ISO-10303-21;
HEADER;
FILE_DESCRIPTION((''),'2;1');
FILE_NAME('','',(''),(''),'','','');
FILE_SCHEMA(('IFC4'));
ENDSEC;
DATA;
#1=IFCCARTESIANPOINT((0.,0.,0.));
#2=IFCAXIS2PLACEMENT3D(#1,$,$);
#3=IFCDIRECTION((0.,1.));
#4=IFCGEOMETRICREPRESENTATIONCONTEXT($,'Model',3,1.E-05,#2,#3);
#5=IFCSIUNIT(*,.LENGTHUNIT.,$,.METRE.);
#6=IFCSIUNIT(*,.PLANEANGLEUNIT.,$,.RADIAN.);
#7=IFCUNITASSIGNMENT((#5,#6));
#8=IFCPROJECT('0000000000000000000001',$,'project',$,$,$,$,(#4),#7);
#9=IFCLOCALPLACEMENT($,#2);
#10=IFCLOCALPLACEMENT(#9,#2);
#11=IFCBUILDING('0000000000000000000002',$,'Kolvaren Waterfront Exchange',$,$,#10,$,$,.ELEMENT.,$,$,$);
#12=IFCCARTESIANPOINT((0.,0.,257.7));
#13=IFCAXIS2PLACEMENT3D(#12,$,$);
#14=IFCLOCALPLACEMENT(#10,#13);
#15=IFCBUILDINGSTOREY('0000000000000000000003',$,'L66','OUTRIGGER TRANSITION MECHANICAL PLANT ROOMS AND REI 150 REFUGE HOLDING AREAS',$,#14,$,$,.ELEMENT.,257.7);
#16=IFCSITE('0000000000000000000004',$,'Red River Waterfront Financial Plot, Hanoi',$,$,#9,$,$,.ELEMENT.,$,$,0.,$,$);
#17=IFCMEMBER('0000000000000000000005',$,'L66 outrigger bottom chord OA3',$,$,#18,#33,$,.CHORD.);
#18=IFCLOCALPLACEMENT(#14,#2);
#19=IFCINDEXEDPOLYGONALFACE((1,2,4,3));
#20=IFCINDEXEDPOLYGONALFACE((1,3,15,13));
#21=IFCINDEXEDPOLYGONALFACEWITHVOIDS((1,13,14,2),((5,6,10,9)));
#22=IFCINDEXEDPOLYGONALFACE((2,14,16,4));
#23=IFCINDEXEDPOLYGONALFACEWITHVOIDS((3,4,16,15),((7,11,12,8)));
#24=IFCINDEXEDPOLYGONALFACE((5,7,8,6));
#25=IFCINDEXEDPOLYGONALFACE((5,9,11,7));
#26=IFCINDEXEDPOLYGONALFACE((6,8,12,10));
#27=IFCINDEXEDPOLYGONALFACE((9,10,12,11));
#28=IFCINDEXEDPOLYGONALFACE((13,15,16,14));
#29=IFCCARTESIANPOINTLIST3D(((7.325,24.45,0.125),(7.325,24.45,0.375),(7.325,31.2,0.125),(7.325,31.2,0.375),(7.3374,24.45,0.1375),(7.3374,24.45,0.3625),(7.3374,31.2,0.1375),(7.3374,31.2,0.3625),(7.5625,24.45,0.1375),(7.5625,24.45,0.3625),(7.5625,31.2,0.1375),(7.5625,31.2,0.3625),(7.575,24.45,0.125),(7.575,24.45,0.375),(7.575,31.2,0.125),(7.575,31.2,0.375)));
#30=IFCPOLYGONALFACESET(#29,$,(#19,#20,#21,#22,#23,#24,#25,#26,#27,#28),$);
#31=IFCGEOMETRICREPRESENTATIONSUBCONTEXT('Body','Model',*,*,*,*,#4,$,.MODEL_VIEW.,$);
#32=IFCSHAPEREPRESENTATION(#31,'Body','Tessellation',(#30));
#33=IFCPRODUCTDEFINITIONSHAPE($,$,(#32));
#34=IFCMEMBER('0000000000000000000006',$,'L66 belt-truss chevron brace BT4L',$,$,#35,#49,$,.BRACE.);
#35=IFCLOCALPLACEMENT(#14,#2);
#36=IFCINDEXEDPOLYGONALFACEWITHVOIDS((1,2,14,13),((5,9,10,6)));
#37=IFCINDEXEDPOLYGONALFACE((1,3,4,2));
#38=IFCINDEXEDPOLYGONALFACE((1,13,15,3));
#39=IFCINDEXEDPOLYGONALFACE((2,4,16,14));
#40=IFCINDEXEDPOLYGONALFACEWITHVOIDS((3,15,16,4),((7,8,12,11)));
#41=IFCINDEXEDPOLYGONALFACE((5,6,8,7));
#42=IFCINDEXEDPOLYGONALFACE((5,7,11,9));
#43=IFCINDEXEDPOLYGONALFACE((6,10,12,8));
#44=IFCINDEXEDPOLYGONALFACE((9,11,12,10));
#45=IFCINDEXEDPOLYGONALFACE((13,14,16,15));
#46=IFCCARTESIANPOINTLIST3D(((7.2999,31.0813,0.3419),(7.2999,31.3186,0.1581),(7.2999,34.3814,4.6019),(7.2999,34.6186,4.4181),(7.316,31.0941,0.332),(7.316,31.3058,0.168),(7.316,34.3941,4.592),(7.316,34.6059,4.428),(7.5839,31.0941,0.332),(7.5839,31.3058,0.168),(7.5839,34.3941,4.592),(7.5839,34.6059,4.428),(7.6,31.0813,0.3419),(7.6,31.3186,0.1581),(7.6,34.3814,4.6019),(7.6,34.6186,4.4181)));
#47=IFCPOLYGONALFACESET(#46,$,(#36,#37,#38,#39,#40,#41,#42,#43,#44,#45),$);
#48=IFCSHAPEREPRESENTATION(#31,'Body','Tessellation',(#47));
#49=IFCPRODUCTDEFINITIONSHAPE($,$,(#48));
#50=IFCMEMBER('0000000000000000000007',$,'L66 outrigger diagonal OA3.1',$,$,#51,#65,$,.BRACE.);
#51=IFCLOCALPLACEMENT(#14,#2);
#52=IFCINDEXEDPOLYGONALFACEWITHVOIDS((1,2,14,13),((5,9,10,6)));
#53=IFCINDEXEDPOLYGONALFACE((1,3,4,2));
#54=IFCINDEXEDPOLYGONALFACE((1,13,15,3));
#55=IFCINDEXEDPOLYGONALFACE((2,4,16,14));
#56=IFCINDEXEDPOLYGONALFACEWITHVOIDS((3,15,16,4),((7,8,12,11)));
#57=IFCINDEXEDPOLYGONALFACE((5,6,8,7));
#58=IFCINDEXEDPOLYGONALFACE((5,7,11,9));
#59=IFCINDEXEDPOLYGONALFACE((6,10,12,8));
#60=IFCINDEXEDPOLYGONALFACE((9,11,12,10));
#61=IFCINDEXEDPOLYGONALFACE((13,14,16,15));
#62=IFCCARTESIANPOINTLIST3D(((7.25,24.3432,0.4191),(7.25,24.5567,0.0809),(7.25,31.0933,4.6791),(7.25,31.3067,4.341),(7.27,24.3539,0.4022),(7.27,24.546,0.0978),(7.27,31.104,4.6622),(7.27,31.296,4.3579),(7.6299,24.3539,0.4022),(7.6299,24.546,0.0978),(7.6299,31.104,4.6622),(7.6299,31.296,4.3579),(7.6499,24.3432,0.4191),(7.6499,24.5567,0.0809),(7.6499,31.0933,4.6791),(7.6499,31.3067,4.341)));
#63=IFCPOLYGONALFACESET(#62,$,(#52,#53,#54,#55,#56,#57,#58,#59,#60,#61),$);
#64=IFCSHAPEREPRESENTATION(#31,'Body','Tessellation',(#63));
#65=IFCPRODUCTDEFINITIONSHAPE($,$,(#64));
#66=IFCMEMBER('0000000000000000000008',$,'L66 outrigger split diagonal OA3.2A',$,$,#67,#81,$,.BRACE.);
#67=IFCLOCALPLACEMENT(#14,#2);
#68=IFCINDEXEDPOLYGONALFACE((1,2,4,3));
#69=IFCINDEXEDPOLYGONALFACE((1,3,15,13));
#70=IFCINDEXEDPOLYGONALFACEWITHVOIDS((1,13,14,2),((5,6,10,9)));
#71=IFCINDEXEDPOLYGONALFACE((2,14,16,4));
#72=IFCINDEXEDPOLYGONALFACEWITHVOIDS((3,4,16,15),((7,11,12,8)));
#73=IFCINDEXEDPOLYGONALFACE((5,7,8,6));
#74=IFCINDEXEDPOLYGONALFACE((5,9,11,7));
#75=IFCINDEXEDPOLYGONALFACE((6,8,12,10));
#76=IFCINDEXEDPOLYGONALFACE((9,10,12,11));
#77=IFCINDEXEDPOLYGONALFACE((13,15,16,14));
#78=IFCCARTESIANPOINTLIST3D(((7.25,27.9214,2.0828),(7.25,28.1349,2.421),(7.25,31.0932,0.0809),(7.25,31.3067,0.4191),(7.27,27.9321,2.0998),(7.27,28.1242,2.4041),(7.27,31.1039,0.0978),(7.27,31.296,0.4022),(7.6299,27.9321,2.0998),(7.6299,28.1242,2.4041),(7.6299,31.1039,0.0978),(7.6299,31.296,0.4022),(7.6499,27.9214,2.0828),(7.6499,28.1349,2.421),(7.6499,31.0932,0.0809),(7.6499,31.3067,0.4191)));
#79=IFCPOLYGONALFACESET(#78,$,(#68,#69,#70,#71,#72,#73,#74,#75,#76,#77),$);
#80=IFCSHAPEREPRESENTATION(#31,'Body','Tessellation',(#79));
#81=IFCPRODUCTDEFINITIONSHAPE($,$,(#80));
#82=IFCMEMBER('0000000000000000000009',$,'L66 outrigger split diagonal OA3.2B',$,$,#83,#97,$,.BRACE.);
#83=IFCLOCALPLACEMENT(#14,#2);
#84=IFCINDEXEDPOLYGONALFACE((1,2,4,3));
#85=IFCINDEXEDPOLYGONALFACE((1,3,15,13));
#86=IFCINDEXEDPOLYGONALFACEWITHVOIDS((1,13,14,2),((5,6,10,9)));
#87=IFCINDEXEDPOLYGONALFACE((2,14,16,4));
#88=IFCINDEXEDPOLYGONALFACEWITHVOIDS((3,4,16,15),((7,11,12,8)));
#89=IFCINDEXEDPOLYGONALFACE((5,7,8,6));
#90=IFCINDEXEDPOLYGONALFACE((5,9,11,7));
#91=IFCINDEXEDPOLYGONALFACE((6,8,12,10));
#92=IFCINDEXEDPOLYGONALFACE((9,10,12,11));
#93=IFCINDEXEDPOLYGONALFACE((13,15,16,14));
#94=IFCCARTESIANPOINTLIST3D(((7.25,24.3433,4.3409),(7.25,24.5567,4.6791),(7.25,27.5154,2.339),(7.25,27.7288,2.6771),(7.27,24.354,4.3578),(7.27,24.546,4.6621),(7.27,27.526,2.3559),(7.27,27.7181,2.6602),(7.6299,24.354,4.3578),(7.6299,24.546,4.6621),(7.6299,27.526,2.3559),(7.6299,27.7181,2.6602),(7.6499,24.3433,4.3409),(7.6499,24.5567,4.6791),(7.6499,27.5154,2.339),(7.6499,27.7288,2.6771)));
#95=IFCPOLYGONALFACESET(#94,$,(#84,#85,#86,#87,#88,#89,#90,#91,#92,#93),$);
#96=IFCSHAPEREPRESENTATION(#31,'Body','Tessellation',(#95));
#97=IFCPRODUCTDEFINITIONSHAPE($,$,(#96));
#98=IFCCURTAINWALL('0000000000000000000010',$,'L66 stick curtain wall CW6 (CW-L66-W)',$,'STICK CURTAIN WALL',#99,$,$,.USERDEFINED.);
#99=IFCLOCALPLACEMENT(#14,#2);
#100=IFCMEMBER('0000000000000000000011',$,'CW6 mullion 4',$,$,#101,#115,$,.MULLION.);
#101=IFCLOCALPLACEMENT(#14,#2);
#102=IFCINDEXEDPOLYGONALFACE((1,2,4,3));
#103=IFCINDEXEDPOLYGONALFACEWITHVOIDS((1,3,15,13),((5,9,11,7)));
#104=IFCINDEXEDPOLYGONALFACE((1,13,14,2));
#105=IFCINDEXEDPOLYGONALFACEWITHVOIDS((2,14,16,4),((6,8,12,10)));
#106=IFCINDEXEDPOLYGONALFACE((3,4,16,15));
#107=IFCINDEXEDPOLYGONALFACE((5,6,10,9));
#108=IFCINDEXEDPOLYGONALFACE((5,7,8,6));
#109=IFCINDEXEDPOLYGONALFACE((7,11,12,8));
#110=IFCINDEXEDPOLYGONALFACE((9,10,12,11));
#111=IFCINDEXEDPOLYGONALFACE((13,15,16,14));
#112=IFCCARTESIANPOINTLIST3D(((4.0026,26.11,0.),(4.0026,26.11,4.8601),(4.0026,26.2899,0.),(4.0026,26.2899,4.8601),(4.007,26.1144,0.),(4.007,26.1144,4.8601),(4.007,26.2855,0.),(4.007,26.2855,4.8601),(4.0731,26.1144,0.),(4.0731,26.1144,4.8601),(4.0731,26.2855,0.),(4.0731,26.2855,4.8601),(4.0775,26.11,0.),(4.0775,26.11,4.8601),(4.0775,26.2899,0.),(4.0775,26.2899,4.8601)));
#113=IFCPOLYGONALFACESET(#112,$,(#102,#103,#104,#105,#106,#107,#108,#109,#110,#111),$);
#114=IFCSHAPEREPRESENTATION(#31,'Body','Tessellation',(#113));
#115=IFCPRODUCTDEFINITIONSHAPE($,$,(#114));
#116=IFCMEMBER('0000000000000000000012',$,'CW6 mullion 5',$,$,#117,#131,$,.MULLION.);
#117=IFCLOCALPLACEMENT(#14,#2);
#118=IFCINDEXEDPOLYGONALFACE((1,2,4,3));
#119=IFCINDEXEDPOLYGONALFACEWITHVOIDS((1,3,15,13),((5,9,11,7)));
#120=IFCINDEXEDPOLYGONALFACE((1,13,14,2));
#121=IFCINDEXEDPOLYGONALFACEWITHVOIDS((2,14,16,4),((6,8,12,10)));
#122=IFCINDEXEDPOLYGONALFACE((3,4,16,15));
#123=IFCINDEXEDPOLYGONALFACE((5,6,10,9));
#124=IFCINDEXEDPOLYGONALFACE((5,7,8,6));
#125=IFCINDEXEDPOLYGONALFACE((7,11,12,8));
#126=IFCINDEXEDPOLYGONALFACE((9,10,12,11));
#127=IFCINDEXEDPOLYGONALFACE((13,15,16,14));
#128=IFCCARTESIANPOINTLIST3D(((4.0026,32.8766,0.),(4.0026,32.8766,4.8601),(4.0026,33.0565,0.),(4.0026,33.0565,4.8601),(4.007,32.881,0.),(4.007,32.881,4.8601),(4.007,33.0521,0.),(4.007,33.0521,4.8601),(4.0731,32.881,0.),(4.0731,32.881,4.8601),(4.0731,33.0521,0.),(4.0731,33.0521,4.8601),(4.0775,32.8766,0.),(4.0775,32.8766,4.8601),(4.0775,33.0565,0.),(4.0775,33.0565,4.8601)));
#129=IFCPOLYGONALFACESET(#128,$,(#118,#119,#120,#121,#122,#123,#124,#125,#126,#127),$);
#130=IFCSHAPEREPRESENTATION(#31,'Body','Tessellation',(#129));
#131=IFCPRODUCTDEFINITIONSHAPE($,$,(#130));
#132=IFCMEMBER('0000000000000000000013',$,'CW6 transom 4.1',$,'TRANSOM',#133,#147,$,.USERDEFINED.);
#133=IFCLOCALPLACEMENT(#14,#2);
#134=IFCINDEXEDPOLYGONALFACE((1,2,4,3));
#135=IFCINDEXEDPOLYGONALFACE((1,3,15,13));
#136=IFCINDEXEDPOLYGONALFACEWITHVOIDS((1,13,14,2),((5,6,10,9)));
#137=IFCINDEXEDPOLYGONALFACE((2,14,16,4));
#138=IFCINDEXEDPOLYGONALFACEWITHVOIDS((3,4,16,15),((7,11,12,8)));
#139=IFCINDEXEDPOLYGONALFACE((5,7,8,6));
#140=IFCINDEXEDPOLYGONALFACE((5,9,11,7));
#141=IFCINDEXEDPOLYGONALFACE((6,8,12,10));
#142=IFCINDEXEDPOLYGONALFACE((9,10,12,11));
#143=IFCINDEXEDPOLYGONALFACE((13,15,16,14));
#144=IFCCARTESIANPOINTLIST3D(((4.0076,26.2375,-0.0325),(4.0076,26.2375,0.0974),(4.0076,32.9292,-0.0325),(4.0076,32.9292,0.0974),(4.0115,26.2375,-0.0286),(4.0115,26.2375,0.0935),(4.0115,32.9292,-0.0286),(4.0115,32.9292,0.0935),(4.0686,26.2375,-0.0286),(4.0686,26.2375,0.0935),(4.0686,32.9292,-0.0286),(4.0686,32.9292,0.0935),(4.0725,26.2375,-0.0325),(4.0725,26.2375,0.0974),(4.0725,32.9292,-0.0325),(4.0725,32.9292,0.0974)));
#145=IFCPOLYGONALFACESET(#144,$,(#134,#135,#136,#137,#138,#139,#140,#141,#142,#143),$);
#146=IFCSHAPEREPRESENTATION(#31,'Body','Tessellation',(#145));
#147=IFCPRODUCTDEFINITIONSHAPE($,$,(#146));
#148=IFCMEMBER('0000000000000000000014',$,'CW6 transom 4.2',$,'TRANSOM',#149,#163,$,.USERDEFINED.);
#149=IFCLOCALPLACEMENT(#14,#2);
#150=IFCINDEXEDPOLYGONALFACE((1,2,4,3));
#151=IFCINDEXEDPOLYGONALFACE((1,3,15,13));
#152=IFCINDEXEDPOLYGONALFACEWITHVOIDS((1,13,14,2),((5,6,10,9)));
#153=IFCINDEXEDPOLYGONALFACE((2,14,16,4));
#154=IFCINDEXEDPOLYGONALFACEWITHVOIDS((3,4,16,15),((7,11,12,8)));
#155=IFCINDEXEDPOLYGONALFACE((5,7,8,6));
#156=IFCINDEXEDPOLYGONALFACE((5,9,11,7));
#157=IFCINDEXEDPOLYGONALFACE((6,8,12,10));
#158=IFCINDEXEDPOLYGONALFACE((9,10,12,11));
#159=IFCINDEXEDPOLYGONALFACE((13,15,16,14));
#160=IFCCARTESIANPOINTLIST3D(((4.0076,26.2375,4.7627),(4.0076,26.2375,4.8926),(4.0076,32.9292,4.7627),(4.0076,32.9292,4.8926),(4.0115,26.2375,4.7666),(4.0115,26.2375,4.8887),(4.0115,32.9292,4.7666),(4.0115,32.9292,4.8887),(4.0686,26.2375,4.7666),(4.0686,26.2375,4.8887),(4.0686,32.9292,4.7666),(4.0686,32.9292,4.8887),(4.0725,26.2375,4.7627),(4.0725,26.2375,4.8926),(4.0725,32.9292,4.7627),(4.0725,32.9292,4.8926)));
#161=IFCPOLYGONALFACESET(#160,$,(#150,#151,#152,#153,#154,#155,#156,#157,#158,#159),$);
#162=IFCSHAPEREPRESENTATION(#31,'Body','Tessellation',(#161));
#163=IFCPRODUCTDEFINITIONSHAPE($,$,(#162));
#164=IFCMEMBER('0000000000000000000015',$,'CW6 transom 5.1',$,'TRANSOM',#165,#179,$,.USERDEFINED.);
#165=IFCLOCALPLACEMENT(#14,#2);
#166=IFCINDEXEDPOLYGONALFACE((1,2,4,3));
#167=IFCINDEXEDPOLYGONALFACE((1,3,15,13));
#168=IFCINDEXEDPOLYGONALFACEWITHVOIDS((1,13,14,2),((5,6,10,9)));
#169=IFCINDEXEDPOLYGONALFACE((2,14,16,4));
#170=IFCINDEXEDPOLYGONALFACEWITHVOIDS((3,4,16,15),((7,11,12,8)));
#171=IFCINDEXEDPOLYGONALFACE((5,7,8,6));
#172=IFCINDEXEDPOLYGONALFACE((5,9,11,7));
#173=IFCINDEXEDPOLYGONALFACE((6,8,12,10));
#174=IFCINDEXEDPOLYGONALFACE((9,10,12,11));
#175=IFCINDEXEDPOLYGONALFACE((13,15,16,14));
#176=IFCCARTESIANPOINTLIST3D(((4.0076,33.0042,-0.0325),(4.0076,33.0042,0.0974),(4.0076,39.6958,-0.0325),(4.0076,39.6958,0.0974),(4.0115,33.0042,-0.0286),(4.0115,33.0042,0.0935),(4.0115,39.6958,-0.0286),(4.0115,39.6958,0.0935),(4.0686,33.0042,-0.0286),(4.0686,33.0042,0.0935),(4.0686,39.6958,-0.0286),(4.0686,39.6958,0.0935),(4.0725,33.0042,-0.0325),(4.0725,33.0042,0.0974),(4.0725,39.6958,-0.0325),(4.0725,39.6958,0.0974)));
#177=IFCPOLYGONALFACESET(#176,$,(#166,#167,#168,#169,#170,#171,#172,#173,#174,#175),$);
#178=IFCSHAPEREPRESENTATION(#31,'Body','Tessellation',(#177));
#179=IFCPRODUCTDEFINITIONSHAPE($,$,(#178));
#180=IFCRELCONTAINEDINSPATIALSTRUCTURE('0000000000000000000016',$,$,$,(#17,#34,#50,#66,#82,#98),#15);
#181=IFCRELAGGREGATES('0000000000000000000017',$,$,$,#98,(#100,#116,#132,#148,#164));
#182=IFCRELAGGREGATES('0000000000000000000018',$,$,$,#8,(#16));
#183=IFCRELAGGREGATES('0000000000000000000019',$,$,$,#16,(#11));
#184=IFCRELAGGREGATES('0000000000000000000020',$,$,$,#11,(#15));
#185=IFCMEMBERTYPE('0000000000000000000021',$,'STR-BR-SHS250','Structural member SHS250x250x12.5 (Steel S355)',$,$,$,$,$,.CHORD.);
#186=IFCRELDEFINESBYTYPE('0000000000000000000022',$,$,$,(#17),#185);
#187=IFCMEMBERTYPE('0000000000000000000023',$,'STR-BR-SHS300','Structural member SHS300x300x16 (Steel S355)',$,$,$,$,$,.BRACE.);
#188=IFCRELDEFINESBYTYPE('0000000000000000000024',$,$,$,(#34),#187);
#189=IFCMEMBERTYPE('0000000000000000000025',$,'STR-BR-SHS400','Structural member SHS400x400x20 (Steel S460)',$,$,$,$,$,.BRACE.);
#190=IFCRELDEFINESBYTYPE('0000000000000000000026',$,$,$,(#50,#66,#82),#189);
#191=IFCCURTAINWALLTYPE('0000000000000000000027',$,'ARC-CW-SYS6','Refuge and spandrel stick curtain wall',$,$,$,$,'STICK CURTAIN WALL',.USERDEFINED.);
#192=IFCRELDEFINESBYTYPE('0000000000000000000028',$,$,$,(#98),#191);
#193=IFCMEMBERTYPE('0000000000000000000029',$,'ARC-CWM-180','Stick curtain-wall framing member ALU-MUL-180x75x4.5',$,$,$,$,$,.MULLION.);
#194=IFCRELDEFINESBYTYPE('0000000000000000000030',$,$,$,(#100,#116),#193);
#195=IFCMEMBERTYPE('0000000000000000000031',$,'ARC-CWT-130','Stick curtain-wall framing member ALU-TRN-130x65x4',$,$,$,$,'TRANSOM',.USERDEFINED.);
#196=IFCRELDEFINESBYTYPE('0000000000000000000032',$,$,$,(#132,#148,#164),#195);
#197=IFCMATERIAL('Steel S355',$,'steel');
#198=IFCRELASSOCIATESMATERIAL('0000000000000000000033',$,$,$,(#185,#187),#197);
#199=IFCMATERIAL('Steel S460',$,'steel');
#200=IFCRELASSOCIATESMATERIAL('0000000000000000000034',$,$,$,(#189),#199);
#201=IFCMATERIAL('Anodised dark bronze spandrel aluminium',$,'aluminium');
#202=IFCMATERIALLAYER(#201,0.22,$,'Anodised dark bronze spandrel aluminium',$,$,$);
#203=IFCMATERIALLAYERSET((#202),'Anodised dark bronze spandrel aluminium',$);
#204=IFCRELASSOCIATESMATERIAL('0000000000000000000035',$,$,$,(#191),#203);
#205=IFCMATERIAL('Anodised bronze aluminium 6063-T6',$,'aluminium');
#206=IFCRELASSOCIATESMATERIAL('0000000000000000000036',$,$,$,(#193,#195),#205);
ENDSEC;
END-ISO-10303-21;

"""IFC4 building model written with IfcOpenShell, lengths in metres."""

from ifc_helpers import new_model, si_unit, direction, frame, origin, origin_with_axes, origin_2d, place, context, subcontext, project, spatial, hollow_rectangle, extrude, source, transform, mapped, material, layer, layer_set, material_profile, profile_set, type_object, element, aggregate, save


model = new_model("IFC4")

# Units and contexts
model_context = context("Model", 3, precision=1e-05, world=origin(), true_north=direction((0.0, 1.0)))
body_context = subcontext(model_context, "Body", "Model", "MODEL_VIEW")
ifc_project = project(units=[si_unit("LENGTHUNIT", "METRE"), si_unit("PLANEANGLEUNIT", "RADIAN")], contexts=[model_context])

# Site, building, storey
site_placement = place(None, origin())
site = spatial("IfcSite", under=ifc_project, at=site_placement, Name="Red River Waterfront Financial Plot, Hanoi", CompositionType="ELEMENT", RefElevation=0.0)
building_placement = place(site_placement, origin())
building = spatial("IfcBuilding", under=site, at=building_placement, Name="Kolvaren Waterfront Exchange", CompositionType="ELEMENT")
storey_placement = place(building_placement, frame((0.0, 0.0, 257.7)))
storey = spatial("IfcBuildingStorey", under=building, at=storey_placement, Name="L66", Description="OUTRIGGER TRANSITION MECHANICAL PLANT ROOMS AND REI 150 REFUGE HOLDING AREAS", CompositionType="ELEMENT", Elevation=257.7)

# Shared definitions
ifc_material_1 = material(Name="Steel S355", Category="steel")

# Members
ifc_material_2 = material(Name="Steel S460", Category="steel")
ifc_material_profile_1 = material_profile(ifc_material_1, hollow_rectangle(XDim=0.25, YDim=0.25, WallThickness=0.0125, at=origin_2d()), Name="SHS250x250x12.5")
ifc_profile_set_1 = profile_set([ifc_material_profile_1], Name="Steel S355")
member_type_1 = type_object("IfcMemberType", Name="STR-BR-SHS250", Description="Structural member SHS250x250x12.5 (Steel S355)", PredefinedType="CHORD", material=ifc_profile_set_1)
member_1_placement = place(storey_placement, frame((7.45, 24.45, 0.25), z_axis=(0.0, 1.0, 0.0), x_axis=(-1.0, 0.0, 0.0)))
element("IfcMember", 1, at=member_1_placement, inside=storey, type_object=member_type_1, Name="L66 outrigger bottom chord OA3", PredefinedType="CHORD", context=body_context, shape_type="SweptSolid", body=[
    extrude(hollow_rectangle(XDim=0.25, YDim=0.25, WallThickness=0.0125, at=origin_2d()), origin(), (0.0, 0.0, 1.0), 6.75),
])
ifc_material_profile_2 = material_profile(ifc_material_1, hollow_rectangle(XDim=0.3, YDim=0.3, WallThickness=0.0161, at=origin_2d()), Name="SHS300x300x16")
ifc_profile_set_2 = profile_set([ifc_material_profile_2], Name="Steel S355")
member_type_2 = type_object("IfcMemberType", Name="STR-BR-SHS300", Description="Structural member SHS300x300x16 (Steel S355)", PredefinedType="BRACE", material=ifc_profile_set_2)
member_2_placement = place(storey_placement, frame((7.45, 31.2, 0.25), z_axis=(0.0, 0.612403, 0.790546), x_axis=(-1.0, 0.0, 0.0)))
element("IfcMember", 2, at=member_2_placement, inside=storey, type_object=member_type_2, Name="L66 belt-truss chevron brace BT4L", PredefinedType="BRACE", context=body_context, shape_type="SweptSolid", body=[
    extrude(hollow_rectangle(XDim=0.3, YDim=0.3, WallThickness=0.0161, at=origin_2d()), origin(), (0.0, 0.0, 1.0), 5.3887),
])
ifc_material_profile_3 = material_profile(ifc_material_2, hollow_rectangle(XDim=0.3999, YDim=0.3999, WallThickness=0.02, at=origin_2d()), Name="SHS400x400x20")
ifc_profile_set_3 = profile_set([ifc_material_profile_3], Name="Steel S460")
member_type_3 = type_object("IfcMemberType", Name="STR-BR-SHS400", Description="Structural member SHS400x400x20 (Steel S460)", PredefinedType="BRACE", material=ifc_profile_set_3)
member_3_placement = place(storey_placement, frame((7.45, 24.45, 0.25), z_axis=(0.0, 0.845667, 0.533711), x_axis=(-1.0, 0.0, 0.0)))
element("IfcMember", 3, at=member_3_placement, inside=storey, type_object=member_type_3, Name="L66 outrigger diagonal OA3.1", PredefinedType="BRACE", context=body_context, shape_type="SweptSolid", body=[
    extrude(hollow_rectangle(XDim=0.3999, YDim=0.3999, WallThickness=0.02, at=origin_2d()), origin(), (0.0, 0.0, 1.0), 7.9819),
])
member_4_placement = place(storey_placement, frame((7.45, 31.2, 0.25), z_axis=(0.0, -0.84565, 0.533738), x_axis=(1.0, 0.0, 0.0)))
element("IfcMember", 4, at=member_4_placement, inside=storey, type_object=member_type_3, Name="L66 outrigger split diagonal OA3.2A", PredefinedType="BRACE", context=body_context, shape_type="SweptSolid", body=[
    extrude(hollow_rectangle(XDim=0.3999, YDim=0.3999, WallThickness=0.02, at=origin_2d()), origin(), (0.0, 0.0, 1.0), 3.7507),
])
member_5_placement = place(storey_placement, frame((7.45, 27.6221, 2.5081), z_axis=(0.0, -0.845668, 0.533709), x_axis=(1.0, 0.0, 0.0)))
element("IfcMember", 5, at=member_5_placement, inside=storey, type_object=member_type_3, Name="L66 outrigger split diagonal OA3.2B", PredefinedType="BRACE", context=body_context, shape_type="SweptSolid", body=[
    extrude(hollow_rectangle(XDim=0.3999, YDim=0.3999, WallThickness=0.02, at=origin_2d()), origin(), (0.0, 0.0, 1.0), 3.751),
])

# Curtain wall, members
ifc_material_3 = material(Name="Anodised dark bronze spandrel aluminium", Category="aluminium")
ifc_layer_1 = layer(ifc_material_3, 0.22, Name="Anodised dark bronze spandrel aluminium")
ifc_layer_set_1 = layer_set([ifc_layer_1], Name="Anodised dark bronze spandrel aluminium")
curtain_wall_type = type_object("IfcCurtainWallType", Name="ARC-CW-SYS6", Description="Refuge and spandrel stick curtain wall", ElementType="STICK CURTAIN WALL", PredefinedType="USERDEFINED", material=ifc_layer_set_1)
curtain_wall_placement = place(storey_placement, origin())
curtain_wall = element("IfcCurtainWall", 6, at=curtain_wall_placement, inside=storey, type_object=curtain_wall_type, Name="L66 stick curtain wall CW6 (CW-L66-W)", ObjectType="STICK CURTAIN WALL", PredefinedType="USERDEFINED")
ifc_material_4 = material(Name="Anodised bronze aluminium 6063-T6", Category="aluminium")
ifc_material_profile_4 = material_profile(ifc_material_4, hollow_rectangle(XDim=0.075, YDim=0.1799, WallThickness=0.0044, at=origin_2d()), Name="ALU-MUL-180x75x4.5")
ifc_profile_set_4 = profile_set([ifc_material_profile_4], Name="Anodised bronze aluminium 6063-T6")
member_type_4 = type_object("IfcMemberType", Name="ARC-CWM-180", Description="Stick curtain-wall framing member ALU-MUL-180x75x4.5", PredefinedType="MULLION", material=ifc_profile_set_4)
shared_shape_1 = source(origin_with_axes(), body_context, "Body", "SweptSolid", [
    extrude(hollow_rectangle(XDim=0.075, YDim=0.1799, WallThickness=0.0044, at=origin_2d()), origin(), (0.0, 0.0, 1.0), 4.8601),
])
member_6_placement = place(storey_placement, frame((4.04, 26.2, 0.0), z_axis=(0.0, 0.0, 1.0), x_axis=(-1.0, 0.0, 0.0)))
member_6 = element("IfcMember", 7, at=member_6_placement, type_object=member_type_4, Name="CW6 mullion 4", PredefinedType="MULLION", context=body_context, shape_type="MappedRepresentation", body=[
    mapped(shared_shape_1, transform((0.0, 0.0, 0.0), x_axis=(1.0, 0.0, 0.0), y_axis=(0.0, 1.0, 0.0), z_axis=(0.0, 0.0, 1.0), scale=1.0)),
])
member_7_placement = place(storey_placement, frame((4.04, 32.9666, 0.0), z_axis=(0.0, 0.0, 1.0), x_axis=(-1.0, 0.0, 0.0)))
member_7 = element("IfcMember", 8, at=member_7_placement, type_object=member_type_4, Name="CW6 mullion 5", PredefinedType="MULLION", context=body_context, shape_type="MappedRepresentation", body=[
    mapped(shared_shape_1, transform((0.0, 0.0, 0.0), x_axis=(1.0, 0.0, 0.0), y_axis=(0.0, 1.0, 0.0), z_axis=(0.0, 0.0, 1.0), scale=1.0)),
])
ifc_material_profile_5 = material_profile(ifc_material_4, hollow_rectangle(XDim=0.0649, YDim=0.1299, WallThickness=0.0039, at=origin_2d()), Name="ALU-TRN-130x65x4")
ifc_profile_set_5 = profile_set([ifc_material_profile_5], Name="Anodised bronze aluminium 6063-T6")
member_type_5 = type_object("IfcMemberType", Name="ARC-CWT-130", Description="Stick curtain-wall framing member ALU-TRN-130x65x4", ElementType="TRANSOM", PredefinedType="USERDEFINED", material=ifc_profile_set_5)
shared_shape_2 = source(origin_with_axes(), body_context, "Body", "SweptSolid", [
    extrude(hollow_rectangle(XDim=0.0649, YDim=0.1299, WallThickness=0.0039, at=origin_2d()), origin(), (0.0, 0.0, 1.0), 6.6917),
])
member_8_placement = place(storey_placement, frame((4.04, 26.2375, 0.0325), z_axis=(0.0, 1.0, 0.0), x_axis=(-1.0, 0.0, 0.0)))
member_8 = element("IfcMember", 9, at=member_8_placement, type_object=member_type_5, Name="CW6 transom 4.1", ObjectType="TRANSOM", PredefinedType="USERDEFINED", context=body_context, shape_type="MappedRepresentation", body=[
    mapped(shared_shape_2, transform((0.0, 0.0, 0.0), x_axis=(1.0, 0.0, 0.0), y_axis=(0.0, 1.0, 0.0), z_axis=(0.0, 0.0, 1.0), scale=1.0)),
])
member_9_placement = place(storey_placement, frame((4.04, 26.2375, 4.8276), z_axis=(0.0, 1.0, 0.0), x_axis=(-1.0, 0.0, 0.0)))
member_9 = element("IfcMember", 10, at=member_9_placement, type_object=member_type_5, Name="CW6 transom 4.2", ObjectType="TRANSOM", PredefinedType="USERDEFINED", context=body_context, shape_type="MappedRepresentation", body=[
    mapped(shared_shape_2, transform((0.0, 0.0, 0.0), x_axis=(1.0, 0.0, 0.0), y_axis=(0.0, 1.0, 0.0), z_axis=(0.0, 0.0, 1.0), scale=1.0)),
])
member_10_placement = place(storey_placement, frame((4.04, 33.0042, 0.0325), z_axis=(0.0, 1.0, 0.0), x_axis=(-1.0, 0.0, 0.0)))
member_10 = element("IfcMember", 11, at=member_10_placement, type_object=member_type_5, Name="CW6 transom 5.1", ObjectType="TRANSOM", PredefinedType="USERDEFINED", context=body_context, shape_type="MappedRepresentation", body=[
    mapped(shared_shape_2, transform((0.0, 0.0, 0.0), x_axis=(1.0, 0.0, 0.0), y_axis=(0.0, 1.0, 0.0), z_axis=(0.0, 0.0, 1.0), scale=1.0)),
])

aggregate(curtain_wall, [member_6, member_7, member_8, member_9, member_10])

save(model, "model.ifc")
